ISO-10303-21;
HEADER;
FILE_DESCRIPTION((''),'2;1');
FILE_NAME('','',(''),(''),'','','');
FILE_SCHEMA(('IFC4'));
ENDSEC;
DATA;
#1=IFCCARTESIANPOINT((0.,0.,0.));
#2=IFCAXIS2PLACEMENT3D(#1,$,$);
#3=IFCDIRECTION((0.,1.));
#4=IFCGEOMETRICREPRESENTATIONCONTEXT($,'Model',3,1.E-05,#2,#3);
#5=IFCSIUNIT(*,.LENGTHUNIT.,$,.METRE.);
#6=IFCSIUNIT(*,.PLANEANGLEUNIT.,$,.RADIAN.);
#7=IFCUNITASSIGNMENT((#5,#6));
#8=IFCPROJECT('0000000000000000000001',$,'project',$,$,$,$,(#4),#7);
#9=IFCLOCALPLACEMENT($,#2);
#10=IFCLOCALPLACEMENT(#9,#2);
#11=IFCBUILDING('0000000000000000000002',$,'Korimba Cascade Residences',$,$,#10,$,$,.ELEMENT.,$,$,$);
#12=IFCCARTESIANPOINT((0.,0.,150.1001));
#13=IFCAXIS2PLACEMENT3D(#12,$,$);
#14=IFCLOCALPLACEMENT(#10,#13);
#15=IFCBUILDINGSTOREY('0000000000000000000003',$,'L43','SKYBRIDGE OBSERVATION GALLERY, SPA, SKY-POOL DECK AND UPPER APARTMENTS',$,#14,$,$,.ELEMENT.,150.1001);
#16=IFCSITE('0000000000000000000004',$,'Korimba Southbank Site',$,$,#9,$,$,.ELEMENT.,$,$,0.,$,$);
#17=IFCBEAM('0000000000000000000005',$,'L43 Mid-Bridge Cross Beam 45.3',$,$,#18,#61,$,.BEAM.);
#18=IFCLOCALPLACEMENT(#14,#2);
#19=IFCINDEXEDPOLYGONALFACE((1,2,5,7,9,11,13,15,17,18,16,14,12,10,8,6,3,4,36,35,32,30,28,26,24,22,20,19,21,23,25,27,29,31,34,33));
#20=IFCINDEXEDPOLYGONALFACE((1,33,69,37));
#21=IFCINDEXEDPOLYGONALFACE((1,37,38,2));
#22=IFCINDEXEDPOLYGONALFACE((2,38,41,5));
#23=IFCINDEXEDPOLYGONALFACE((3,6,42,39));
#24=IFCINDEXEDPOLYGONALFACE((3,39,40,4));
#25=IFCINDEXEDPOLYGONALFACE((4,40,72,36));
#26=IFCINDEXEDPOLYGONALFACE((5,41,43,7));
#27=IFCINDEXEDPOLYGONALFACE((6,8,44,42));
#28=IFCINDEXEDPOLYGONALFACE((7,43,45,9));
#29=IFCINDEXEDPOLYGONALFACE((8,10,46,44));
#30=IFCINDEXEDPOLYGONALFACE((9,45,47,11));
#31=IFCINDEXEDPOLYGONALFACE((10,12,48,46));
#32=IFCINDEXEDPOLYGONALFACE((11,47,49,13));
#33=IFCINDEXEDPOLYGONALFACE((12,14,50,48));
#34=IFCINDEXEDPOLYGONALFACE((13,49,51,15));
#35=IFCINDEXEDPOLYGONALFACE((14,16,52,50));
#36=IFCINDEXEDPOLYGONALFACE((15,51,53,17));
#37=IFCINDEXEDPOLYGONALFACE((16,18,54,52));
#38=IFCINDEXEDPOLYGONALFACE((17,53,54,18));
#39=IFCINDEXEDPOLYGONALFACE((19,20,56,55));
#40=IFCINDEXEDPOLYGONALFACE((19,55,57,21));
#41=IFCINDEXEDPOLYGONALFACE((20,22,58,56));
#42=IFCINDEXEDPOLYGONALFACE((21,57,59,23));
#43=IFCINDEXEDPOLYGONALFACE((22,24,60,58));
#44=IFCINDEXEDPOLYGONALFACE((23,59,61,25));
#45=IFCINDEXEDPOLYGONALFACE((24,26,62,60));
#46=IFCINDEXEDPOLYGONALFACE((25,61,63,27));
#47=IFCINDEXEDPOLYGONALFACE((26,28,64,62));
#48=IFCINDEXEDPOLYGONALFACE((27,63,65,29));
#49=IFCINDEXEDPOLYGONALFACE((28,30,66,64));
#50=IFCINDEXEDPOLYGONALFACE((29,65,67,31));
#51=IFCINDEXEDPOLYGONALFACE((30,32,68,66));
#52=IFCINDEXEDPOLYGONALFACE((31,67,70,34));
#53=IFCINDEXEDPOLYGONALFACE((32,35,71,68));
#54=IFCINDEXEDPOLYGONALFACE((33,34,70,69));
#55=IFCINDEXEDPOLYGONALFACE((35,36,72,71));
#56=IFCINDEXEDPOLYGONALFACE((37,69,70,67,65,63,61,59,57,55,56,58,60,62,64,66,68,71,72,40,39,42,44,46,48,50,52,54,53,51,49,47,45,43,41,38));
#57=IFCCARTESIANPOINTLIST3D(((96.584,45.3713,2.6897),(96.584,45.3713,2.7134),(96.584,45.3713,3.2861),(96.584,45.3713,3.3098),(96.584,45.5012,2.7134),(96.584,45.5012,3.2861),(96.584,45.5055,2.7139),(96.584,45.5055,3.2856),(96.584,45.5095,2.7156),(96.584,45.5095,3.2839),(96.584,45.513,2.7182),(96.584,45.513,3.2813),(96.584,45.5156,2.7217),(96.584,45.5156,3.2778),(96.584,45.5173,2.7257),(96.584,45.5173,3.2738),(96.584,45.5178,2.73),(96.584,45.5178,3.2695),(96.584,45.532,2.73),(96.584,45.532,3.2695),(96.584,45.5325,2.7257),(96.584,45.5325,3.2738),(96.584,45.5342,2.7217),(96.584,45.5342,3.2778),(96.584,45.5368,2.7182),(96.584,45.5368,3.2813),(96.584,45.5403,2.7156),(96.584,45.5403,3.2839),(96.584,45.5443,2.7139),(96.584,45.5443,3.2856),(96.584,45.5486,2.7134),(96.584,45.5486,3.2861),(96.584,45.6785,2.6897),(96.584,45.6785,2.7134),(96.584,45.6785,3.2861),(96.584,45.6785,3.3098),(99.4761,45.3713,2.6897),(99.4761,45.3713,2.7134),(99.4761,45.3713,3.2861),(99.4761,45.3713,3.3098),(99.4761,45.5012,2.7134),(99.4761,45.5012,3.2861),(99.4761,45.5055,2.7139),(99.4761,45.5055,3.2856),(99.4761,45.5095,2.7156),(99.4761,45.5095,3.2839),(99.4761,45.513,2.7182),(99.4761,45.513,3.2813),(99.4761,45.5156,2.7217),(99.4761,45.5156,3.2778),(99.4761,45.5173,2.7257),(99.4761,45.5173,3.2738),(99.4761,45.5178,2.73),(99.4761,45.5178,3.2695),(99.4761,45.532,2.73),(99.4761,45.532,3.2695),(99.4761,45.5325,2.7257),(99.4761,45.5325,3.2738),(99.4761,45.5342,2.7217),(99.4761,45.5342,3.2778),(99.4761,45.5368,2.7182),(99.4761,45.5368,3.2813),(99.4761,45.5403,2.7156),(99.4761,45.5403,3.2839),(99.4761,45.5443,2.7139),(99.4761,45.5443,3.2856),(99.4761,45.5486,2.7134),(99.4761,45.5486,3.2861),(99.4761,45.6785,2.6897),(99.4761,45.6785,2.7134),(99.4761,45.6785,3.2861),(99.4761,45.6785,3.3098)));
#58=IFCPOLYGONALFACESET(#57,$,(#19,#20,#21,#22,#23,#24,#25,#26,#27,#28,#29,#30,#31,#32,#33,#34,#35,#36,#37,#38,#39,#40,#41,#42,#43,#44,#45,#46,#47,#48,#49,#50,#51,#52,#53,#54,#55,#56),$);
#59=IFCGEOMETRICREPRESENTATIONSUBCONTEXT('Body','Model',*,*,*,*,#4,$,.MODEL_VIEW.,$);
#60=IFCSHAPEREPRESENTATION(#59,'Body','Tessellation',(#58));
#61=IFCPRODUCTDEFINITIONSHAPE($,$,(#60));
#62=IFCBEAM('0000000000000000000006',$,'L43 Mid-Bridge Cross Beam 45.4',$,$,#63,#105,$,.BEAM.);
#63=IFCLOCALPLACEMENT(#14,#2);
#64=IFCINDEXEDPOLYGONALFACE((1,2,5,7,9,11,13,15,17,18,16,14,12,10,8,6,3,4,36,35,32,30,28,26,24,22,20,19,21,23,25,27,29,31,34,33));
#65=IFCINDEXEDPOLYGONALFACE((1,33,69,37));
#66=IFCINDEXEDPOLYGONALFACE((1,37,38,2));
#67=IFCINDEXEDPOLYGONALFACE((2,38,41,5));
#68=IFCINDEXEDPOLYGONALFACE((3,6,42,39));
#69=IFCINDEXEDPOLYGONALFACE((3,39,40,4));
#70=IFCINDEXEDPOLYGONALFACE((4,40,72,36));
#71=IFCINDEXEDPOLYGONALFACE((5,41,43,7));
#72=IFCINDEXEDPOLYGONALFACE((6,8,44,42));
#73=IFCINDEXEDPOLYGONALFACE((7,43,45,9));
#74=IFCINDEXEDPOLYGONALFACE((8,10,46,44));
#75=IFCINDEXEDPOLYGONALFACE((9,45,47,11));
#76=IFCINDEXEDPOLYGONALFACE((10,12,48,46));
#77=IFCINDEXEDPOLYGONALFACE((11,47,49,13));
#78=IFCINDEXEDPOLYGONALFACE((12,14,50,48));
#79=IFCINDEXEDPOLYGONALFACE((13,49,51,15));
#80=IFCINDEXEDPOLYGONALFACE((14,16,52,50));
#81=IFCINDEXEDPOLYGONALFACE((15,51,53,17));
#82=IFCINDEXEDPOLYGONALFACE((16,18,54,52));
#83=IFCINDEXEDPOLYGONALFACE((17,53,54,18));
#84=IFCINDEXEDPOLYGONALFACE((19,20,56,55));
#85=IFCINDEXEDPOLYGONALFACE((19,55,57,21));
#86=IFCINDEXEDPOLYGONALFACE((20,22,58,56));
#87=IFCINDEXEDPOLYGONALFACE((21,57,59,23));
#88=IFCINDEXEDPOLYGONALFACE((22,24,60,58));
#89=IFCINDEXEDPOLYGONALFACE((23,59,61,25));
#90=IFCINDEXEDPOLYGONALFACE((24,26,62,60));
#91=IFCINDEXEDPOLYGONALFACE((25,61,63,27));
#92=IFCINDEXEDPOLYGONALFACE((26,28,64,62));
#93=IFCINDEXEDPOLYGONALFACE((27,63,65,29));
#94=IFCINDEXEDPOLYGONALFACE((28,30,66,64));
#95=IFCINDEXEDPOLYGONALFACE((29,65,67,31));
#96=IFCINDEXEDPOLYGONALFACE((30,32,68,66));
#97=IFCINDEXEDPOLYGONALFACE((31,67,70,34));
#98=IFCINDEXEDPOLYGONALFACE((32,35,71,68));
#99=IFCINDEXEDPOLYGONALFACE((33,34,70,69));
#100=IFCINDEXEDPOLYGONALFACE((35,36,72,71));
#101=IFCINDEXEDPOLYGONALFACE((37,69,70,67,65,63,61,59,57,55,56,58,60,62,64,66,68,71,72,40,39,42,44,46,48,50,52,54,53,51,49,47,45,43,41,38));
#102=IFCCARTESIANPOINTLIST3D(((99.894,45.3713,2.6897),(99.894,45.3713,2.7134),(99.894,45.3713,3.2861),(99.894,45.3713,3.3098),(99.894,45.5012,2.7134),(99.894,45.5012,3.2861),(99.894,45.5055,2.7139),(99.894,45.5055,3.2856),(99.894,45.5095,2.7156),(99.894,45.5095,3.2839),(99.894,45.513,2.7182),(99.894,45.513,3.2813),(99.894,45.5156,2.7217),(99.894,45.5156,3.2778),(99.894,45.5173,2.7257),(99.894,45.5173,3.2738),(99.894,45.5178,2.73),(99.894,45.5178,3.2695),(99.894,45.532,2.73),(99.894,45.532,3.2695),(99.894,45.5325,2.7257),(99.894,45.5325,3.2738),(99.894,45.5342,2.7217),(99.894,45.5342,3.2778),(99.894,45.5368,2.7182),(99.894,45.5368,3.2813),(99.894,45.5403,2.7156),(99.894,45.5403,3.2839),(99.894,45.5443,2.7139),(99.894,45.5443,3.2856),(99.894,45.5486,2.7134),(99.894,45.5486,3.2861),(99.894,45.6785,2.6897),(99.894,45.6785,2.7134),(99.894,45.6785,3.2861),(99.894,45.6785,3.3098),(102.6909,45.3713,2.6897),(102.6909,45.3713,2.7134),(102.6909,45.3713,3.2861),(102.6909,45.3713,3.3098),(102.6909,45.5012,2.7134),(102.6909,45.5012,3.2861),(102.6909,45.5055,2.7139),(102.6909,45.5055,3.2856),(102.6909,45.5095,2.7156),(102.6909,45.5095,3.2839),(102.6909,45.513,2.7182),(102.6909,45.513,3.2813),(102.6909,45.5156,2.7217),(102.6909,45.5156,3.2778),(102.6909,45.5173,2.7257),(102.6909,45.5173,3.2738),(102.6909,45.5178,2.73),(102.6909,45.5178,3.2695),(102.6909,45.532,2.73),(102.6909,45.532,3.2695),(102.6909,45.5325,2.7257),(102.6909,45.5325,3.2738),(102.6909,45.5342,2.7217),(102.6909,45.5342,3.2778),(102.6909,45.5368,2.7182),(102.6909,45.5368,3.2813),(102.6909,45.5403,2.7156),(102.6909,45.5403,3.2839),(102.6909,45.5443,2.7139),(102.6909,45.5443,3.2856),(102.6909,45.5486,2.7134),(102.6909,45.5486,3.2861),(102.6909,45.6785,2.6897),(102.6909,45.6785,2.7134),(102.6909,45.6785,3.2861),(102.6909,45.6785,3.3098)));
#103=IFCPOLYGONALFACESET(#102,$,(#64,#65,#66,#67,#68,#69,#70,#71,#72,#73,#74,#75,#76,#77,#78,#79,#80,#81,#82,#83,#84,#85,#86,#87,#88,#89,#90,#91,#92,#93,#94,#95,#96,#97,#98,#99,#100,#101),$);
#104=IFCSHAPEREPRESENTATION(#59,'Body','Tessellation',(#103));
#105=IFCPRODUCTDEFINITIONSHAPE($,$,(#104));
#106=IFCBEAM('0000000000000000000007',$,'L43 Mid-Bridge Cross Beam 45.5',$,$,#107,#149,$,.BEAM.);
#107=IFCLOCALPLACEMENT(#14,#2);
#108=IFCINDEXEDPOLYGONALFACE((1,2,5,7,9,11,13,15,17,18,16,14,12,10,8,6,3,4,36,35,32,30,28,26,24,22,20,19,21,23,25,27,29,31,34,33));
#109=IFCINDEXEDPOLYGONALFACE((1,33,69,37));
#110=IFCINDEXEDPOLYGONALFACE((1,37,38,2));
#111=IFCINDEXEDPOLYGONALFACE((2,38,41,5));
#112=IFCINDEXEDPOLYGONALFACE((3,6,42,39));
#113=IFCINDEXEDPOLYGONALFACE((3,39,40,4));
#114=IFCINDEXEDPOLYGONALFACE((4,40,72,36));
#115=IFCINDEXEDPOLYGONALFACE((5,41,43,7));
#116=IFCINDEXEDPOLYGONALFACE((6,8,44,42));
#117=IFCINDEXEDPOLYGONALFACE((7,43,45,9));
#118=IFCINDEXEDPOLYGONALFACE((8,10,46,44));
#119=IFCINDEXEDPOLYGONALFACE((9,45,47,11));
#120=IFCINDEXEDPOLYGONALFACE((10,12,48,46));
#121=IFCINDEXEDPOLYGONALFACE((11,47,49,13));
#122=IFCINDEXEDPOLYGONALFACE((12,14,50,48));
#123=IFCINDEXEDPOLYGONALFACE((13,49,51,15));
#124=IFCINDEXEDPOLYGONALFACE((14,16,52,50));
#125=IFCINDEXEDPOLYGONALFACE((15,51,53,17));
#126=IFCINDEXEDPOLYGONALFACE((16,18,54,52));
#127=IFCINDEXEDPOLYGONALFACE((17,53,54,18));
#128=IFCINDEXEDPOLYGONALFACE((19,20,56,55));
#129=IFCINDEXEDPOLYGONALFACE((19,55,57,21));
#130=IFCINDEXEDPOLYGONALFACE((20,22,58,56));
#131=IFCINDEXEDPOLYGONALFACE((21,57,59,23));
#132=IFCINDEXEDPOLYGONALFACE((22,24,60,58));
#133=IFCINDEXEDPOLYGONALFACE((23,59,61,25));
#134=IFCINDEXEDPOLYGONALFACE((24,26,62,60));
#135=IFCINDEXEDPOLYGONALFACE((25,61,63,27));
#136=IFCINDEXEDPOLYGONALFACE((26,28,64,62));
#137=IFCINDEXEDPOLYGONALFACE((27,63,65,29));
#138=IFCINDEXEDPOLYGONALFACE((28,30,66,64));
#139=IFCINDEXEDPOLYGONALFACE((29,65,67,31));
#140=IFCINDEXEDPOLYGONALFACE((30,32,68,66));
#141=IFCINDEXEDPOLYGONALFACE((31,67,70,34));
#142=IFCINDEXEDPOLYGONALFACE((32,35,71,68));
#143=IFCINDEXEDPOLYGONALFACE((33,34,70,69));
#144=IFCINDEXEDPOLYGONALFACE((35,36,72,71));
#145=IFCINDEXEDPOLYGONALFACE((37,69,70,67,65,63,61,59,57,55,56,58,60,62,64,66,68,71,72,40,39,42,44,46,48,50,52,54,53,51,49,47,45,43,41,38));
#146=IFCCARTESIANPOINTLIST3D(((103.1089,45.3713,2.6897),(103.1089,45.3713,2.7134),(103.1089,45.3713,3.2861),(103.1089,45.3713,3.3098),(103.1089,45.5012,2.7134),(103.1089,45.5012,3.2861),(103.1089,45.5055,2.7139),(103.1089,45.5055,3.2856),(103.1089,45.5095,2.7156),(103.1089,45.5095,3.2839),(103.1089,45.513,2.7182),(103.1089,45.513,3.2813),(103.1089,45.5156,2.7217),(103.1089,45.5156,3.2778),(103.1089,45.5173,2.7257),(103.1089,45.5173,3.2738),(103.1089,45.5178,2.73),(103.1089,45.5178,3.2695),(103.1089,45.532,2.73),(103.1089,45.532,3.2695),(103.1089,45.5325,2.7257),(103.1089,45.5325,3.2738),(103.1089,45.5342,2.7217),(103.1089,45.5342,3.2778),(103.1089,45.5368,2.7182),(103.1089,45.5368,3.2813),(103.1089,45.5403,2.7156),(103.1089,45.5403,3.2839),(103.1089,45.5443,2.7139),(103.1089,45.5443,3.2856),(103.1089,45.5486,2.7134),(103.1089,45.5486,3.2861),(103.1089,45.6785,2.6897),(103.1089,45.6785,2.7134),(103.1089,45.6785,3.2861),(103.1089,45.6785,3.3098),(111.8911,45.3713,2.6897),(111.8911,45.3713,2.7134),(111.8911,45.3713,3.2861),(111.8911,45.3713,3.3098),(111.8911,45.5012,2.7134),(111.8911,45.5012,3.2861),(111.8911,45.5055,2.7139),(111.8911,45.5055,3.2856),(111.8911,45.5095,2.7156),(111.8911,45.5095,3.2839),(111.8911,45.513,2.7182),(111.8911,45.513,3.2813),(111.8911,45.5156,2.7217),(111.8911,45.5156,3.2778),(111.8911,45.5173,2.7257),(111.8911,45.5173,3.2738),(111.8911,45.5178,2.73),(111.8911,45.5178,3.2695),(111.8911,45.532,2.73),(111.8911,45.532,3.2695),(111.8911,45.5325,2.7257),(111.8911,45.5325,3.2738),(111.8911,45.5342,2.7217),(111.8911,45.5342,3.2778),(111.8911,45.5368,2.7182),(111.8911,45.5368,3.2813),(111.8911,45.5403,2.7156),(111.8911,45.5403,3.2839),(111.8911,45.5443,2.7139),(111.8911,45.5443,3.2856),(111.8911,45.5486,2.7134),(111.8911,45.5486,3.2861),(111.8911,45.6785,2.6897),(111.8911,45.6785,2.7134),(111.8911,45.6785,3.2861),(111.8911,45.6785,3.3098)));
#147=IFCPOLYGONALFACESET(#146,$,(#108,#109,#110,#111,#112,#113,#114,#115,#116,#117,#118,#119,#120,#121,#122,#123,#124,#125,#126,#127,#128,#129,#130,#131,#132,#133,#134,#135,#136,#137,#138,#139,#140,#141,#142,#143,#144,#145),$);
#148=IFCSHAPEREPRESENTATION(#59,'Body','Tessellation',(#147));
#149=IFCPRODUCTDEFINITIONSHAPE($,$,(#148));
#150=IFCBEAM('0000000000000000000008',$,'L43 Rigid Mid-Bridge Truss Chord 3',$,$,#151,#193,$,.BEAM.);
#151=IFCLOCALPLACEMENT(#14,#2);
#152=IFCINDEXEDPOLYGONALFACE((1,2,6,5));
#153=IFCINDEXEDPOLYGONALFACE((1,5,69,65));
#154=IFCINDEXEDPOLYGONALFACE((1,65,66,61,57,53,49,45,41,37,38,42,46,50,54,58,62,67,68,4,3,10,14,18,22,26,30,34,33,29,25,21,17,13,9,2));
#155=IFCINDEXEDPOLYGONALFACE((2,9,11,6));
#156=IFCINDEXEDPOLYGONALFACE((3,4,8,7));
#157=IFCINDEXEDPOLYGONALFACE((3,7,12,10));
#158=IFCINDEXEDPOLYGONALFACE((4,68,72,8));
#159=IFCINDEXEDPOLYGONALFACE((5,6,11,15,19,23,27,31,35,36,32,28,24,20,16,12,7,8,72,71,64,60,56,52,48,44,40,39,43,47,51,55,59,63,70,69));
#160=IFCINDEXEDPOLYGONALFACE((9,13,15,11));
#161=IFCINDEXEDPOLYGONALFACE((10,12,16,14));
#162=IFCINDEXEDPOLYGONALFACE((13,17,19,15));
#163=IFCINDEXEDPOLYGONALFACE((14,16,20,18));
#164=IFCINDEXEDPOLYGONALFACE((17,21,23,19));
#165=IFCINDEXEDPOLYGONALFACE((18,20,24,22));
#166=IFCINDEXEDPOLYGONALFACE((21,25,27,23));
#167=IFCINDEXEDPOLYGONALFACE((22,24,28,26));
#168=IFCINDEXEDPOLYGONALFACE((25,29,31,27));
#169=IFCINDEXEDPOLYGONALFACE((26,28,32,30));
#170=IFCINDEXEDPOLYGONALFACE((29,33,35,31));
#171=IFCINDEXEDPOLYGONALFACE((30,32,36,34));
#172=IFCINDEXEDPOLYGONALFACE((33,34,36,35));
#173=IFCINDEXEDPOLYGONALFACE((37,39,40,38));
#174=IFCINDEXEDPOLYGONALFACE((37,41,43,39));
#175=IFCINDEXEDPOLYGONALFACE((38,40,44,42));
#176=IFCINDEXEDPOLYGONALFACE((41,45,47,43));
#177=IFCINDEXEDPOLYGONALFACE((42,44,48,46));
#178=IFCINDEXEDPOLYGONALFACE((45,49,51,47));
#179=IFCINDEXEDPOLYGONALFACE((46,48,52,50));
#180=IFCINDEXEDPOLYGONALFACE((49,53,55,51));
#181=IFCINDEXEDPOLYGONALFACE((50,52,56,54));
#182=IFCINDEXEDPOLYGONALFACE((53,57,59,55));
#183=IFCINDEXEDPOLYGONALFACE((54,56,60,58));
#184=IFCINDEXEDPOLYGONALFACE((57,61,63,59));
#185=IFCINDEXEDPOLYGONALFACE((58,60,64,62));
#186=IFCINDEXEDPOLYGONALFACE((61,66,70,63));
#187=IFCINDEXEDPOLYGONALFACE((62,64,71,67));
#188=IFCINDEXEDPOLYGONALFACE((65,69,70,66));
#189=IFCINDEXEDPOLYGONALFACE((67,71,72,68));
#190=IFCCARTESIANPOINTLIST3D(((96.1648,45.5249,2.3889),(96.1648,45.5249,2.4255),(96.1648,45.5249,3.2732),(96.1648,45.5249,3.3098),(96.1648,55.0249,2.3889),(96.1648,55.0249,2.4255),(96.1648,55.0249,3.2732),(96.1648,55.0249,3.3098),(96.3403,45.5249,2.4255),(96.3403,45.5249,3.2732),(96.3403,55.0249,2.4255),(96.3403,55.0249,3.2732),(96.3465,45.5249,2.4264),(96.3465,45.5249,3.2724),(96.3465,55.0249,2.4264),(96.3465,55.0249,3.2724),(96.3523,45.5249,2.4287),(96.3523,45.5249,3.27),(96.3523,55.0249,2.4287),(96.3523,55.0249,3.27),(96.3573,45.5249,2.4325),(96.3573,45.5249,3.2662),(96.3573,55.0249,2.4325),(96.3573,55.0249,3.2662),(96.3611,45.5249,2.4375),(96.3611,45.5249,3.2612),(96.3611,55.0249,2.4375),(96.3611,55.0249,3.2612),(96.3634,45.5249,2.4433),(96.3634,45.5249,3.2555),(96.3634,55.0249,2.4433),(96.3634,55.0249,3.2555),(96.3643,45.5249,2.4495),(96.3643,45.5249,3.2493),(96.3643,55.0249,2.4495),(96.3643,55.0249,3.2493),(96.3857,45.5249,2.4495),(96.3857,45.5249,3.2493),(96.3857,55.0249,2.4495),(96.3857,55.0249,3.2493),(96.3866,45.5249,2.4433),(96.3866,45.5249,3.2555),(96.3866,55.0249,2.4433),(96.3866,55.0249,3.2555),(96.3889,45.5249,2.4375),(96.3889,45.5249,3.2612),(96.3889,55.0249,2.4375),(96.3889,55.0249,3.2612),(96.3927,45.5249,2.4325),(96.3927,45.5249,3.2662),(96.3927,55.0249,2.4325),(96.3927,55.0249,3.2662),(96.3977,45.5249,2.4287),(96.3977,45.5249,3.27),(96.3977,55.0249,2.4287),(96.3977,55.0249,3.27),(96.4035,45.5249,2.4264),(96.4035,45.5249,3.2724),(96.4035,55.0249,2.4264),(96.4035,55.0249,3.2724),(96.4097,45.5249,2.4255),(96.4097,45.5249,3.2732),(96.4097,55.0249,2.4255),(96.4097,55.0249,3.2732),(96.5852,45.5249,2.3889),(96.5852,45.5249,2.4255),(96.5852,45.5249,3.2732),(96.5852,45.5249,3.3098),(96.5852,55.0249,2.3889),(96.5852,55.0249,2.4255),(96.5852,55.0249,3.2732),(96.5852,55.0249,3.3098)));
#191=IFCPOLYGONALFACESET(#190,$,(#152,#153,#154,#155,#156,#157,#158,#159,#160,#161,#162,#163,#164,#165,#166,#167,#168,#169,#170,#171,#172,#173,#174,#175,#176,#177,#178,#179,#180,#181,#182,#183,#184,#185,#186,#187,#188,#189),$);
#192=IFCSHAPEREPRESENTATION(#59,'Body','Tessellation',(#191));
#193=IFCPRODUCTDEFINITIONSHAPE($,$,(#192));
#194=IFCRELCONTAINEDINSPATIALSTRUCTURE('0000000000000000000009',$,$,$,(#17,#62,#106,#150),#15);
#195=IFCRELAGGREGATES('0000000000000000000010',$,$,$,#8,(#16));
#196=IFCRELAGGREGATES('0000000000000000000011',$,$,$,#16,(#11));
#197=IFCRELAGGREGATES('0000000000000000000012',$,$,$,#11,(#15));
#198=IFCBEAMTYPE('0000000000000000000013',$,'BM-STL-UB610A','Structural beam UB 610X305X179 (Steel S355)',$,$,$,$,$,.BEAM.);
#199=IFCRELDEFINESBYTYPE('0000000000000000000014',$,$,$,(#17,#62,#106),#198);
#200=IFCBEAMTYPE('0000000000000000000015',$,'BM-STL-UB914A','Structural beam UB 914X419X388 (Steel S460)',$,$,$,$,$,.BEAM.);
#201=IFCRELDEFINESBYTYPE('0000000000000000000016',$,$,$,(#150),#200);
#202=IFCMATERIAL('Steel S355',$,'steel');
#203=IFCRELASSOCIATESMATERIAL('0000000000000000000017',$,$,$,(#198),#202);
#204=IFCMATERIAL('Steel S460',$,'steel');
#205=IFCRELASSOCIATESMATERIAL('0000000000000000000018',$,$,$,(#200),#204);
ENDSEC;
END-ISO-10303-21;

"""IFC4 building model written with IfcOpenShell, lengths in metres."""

from ifc_helpers import new_model, si_unit, direction, frame, origin, origin_2d, place, context, subcontext, project, spatial, i_section, extrude, material, material_profile, profile_set, type_object, element, save


model = new_model("IFC4")

# Units and contexts
model_context = context("Model", 3, precision=1e-05, world=origin(), true_north=direction((0.0, 1.0)))
body_context = subcontext(model_context, "Body", "Model", "MODEL_VIEW")
ifc_project = project(units=[si_unit("LENGTHUNIT", "METRE"), si_unit("PLANEANGLEUNIT", "RADIAN")], contexts=[model_context])

# Site, building, storey
site_placement = place(None, origin())
site = spatial("IfcSite", under=ifc_project, at=site_placement, Name="Korimba Southbank Site", CompositionType="ELEMENT", RefElevation=0.0)
building_placement = place(site_placement, origin())
building = spatial("IfcBuilding", under=site, at=building_placement, Name="Korimba Cascade Residences", CompositionType="ELEMENT")
storey_placement = place(building_placement, frame((0.0, 0.0, 150.1001)))
storey = spatial("IfcBuildingStorey", under=building, at=storey_placement, Name="L43", Description="SKYBRIDGE OBSERVATION GALLERY, SPA, SKY-POOL DECK AND UPPER APARTMENTS", CompositionType="ELEMENT", Elevation=150.1001)

# Beams
ifc_material_1 = material(Name="Steel S355", Category="steel")
ifc_material_profile_1 = material_profile(ifc_material_1, i_section(OverallWidth=0.3071, OverallDepth=0.6201, WebThickness=0.0142, FlangeThickness=0.0237, FilletRadius=0.0166, at=origin_2d()), Name="Steel S355")
ifc_profile_set_1 = profile_set([ifc_material_profile_1], Name="Steel S355")
beam_type_1 = type_object("IfcBeamType", Name="BM-STL-UB610A", Description="Structural beam UB 610X305X179 (Steel S355)", PredefinedType="BEAM", material=ifc_profile_set_1)
beam_1_placement = place(storey_placement, frame((96.584, 45.5249, 2.9998), z_axis=(1.0, 0.0, 0.0), x_axis=(0.0, 1.0, 0.0)))
element("IfcBeam", 1, at=beam_1_placement, inside=storey, type_object=beam_type_1, Name="L43 Mid-Bridge Cross Beam 45.3", PredefinedType="BEAM", context=body_context, shape_type="SweptSolid", body=[
    extrude(i_section(OverallWidth=0.3071, OverallDepth=0.6201, WebThickness=0.0142, FlangeThickness=0.0237, FilletRadius=0.0166, at=origin_2d()), origin(), (0.0, 0.0, 1.0), 2.8921),
])
beam_2_placement = place(storey_placement, frame((99.894, 45.5249, 2.9998), z_axis=(1.0, 0.0, 0.0), x_axis=(0.0, 1.0, 0.0)))
element("IfcBeam", 2, at=beam_2_placement, inside=storey, type_object=beam_type_1, Name="L43 Mid-Bridge Cross Beam 45.4", PredefinedType="BEAM", context=body_context, shape_type="SweptSolid", body=[
    extrude(i_section(OverallWidth=0.3071, OverallDepth=0.6201, WebThickness=0.0142, FlangeThickness=0.0237, FilletRadius=0.0166, at=origin_2d()), origin(), (0.0, 0.0, 1.0), 2.7969),
])
beam_3_placement = place(storey_placement, frame((103.1089, 45.5249, 2.9998), z_axis=(1.0, 0.0, 0.0), x_axis=(0.0, 1.0, 0.0)))
element("IfcBeam", 3, at=beam_3_placement, inside=storey, type_object=beam_type_1, Name="L43 Mid-Bridge Cross Beam 45.5", PredefinedType="BEAM", context=body_context, shape_type="SweptSolid", body=[
    extrude(i_section(OverallWidth=0.3071, OverallDepth=0.6201, WebThickness=0.0142, FlangeThickness=0.0237, FilletRadius=0.0166, at=origin_2d()), origin(), (0.0, 0.0, 1.0), 8.7822),
])
ifc_material_2 = material(Name="Steel S460", Category="steel")
ifc_material_profile_2 = material_profile(ifc_material_2, i_section(OverallWidth=0.4204, OverallDepth=0.9209, WebThickness=0.0215, FlangeThickness=0.0366, FilletRadius=0.0239, at=origin_2d()), Name="Steel S460")
ifc_profile_set_2 = profile_set([ifc_material_profile_2], Name="Steel S460")
beam_type_2 = type_object("IfcBeamType", Name="BM-STL-UB914A", Description="Structural beam UB 914X419X388 (Steel S460)", PredefinedType="BEAM", material=ifc_profile_set_2)
for number, where, z_axis, x_axis, name in (
    (4, (96.375, 45.5249, 2.8494), (0.0, 1.0, 0.0), (-1.0, 0.0, 0.0), "L43 Rigid Mid-Bridge Truss Chord 3"),
):
    element("IfcBeam", number, at=place(storey_placement, frame(where, z_axis=z_axis, x_axis=x_axis)), inside=storey, type_object=beam_type_2, Name=name, PredefinedType="BEAM", context=body_context, shape_type="SweptSolid", body=[
        extrude(i_section(OverallWidth=0.4204, OverallDepth=0.9209, WebThickness=0.0215, FlangeThickness=0.0366, FilletRadius=0.0239, at=origin_2d()), origin(), (0.0, 0.0, 1.0), 9.5),
    ])

save(model, "model.ifc")
